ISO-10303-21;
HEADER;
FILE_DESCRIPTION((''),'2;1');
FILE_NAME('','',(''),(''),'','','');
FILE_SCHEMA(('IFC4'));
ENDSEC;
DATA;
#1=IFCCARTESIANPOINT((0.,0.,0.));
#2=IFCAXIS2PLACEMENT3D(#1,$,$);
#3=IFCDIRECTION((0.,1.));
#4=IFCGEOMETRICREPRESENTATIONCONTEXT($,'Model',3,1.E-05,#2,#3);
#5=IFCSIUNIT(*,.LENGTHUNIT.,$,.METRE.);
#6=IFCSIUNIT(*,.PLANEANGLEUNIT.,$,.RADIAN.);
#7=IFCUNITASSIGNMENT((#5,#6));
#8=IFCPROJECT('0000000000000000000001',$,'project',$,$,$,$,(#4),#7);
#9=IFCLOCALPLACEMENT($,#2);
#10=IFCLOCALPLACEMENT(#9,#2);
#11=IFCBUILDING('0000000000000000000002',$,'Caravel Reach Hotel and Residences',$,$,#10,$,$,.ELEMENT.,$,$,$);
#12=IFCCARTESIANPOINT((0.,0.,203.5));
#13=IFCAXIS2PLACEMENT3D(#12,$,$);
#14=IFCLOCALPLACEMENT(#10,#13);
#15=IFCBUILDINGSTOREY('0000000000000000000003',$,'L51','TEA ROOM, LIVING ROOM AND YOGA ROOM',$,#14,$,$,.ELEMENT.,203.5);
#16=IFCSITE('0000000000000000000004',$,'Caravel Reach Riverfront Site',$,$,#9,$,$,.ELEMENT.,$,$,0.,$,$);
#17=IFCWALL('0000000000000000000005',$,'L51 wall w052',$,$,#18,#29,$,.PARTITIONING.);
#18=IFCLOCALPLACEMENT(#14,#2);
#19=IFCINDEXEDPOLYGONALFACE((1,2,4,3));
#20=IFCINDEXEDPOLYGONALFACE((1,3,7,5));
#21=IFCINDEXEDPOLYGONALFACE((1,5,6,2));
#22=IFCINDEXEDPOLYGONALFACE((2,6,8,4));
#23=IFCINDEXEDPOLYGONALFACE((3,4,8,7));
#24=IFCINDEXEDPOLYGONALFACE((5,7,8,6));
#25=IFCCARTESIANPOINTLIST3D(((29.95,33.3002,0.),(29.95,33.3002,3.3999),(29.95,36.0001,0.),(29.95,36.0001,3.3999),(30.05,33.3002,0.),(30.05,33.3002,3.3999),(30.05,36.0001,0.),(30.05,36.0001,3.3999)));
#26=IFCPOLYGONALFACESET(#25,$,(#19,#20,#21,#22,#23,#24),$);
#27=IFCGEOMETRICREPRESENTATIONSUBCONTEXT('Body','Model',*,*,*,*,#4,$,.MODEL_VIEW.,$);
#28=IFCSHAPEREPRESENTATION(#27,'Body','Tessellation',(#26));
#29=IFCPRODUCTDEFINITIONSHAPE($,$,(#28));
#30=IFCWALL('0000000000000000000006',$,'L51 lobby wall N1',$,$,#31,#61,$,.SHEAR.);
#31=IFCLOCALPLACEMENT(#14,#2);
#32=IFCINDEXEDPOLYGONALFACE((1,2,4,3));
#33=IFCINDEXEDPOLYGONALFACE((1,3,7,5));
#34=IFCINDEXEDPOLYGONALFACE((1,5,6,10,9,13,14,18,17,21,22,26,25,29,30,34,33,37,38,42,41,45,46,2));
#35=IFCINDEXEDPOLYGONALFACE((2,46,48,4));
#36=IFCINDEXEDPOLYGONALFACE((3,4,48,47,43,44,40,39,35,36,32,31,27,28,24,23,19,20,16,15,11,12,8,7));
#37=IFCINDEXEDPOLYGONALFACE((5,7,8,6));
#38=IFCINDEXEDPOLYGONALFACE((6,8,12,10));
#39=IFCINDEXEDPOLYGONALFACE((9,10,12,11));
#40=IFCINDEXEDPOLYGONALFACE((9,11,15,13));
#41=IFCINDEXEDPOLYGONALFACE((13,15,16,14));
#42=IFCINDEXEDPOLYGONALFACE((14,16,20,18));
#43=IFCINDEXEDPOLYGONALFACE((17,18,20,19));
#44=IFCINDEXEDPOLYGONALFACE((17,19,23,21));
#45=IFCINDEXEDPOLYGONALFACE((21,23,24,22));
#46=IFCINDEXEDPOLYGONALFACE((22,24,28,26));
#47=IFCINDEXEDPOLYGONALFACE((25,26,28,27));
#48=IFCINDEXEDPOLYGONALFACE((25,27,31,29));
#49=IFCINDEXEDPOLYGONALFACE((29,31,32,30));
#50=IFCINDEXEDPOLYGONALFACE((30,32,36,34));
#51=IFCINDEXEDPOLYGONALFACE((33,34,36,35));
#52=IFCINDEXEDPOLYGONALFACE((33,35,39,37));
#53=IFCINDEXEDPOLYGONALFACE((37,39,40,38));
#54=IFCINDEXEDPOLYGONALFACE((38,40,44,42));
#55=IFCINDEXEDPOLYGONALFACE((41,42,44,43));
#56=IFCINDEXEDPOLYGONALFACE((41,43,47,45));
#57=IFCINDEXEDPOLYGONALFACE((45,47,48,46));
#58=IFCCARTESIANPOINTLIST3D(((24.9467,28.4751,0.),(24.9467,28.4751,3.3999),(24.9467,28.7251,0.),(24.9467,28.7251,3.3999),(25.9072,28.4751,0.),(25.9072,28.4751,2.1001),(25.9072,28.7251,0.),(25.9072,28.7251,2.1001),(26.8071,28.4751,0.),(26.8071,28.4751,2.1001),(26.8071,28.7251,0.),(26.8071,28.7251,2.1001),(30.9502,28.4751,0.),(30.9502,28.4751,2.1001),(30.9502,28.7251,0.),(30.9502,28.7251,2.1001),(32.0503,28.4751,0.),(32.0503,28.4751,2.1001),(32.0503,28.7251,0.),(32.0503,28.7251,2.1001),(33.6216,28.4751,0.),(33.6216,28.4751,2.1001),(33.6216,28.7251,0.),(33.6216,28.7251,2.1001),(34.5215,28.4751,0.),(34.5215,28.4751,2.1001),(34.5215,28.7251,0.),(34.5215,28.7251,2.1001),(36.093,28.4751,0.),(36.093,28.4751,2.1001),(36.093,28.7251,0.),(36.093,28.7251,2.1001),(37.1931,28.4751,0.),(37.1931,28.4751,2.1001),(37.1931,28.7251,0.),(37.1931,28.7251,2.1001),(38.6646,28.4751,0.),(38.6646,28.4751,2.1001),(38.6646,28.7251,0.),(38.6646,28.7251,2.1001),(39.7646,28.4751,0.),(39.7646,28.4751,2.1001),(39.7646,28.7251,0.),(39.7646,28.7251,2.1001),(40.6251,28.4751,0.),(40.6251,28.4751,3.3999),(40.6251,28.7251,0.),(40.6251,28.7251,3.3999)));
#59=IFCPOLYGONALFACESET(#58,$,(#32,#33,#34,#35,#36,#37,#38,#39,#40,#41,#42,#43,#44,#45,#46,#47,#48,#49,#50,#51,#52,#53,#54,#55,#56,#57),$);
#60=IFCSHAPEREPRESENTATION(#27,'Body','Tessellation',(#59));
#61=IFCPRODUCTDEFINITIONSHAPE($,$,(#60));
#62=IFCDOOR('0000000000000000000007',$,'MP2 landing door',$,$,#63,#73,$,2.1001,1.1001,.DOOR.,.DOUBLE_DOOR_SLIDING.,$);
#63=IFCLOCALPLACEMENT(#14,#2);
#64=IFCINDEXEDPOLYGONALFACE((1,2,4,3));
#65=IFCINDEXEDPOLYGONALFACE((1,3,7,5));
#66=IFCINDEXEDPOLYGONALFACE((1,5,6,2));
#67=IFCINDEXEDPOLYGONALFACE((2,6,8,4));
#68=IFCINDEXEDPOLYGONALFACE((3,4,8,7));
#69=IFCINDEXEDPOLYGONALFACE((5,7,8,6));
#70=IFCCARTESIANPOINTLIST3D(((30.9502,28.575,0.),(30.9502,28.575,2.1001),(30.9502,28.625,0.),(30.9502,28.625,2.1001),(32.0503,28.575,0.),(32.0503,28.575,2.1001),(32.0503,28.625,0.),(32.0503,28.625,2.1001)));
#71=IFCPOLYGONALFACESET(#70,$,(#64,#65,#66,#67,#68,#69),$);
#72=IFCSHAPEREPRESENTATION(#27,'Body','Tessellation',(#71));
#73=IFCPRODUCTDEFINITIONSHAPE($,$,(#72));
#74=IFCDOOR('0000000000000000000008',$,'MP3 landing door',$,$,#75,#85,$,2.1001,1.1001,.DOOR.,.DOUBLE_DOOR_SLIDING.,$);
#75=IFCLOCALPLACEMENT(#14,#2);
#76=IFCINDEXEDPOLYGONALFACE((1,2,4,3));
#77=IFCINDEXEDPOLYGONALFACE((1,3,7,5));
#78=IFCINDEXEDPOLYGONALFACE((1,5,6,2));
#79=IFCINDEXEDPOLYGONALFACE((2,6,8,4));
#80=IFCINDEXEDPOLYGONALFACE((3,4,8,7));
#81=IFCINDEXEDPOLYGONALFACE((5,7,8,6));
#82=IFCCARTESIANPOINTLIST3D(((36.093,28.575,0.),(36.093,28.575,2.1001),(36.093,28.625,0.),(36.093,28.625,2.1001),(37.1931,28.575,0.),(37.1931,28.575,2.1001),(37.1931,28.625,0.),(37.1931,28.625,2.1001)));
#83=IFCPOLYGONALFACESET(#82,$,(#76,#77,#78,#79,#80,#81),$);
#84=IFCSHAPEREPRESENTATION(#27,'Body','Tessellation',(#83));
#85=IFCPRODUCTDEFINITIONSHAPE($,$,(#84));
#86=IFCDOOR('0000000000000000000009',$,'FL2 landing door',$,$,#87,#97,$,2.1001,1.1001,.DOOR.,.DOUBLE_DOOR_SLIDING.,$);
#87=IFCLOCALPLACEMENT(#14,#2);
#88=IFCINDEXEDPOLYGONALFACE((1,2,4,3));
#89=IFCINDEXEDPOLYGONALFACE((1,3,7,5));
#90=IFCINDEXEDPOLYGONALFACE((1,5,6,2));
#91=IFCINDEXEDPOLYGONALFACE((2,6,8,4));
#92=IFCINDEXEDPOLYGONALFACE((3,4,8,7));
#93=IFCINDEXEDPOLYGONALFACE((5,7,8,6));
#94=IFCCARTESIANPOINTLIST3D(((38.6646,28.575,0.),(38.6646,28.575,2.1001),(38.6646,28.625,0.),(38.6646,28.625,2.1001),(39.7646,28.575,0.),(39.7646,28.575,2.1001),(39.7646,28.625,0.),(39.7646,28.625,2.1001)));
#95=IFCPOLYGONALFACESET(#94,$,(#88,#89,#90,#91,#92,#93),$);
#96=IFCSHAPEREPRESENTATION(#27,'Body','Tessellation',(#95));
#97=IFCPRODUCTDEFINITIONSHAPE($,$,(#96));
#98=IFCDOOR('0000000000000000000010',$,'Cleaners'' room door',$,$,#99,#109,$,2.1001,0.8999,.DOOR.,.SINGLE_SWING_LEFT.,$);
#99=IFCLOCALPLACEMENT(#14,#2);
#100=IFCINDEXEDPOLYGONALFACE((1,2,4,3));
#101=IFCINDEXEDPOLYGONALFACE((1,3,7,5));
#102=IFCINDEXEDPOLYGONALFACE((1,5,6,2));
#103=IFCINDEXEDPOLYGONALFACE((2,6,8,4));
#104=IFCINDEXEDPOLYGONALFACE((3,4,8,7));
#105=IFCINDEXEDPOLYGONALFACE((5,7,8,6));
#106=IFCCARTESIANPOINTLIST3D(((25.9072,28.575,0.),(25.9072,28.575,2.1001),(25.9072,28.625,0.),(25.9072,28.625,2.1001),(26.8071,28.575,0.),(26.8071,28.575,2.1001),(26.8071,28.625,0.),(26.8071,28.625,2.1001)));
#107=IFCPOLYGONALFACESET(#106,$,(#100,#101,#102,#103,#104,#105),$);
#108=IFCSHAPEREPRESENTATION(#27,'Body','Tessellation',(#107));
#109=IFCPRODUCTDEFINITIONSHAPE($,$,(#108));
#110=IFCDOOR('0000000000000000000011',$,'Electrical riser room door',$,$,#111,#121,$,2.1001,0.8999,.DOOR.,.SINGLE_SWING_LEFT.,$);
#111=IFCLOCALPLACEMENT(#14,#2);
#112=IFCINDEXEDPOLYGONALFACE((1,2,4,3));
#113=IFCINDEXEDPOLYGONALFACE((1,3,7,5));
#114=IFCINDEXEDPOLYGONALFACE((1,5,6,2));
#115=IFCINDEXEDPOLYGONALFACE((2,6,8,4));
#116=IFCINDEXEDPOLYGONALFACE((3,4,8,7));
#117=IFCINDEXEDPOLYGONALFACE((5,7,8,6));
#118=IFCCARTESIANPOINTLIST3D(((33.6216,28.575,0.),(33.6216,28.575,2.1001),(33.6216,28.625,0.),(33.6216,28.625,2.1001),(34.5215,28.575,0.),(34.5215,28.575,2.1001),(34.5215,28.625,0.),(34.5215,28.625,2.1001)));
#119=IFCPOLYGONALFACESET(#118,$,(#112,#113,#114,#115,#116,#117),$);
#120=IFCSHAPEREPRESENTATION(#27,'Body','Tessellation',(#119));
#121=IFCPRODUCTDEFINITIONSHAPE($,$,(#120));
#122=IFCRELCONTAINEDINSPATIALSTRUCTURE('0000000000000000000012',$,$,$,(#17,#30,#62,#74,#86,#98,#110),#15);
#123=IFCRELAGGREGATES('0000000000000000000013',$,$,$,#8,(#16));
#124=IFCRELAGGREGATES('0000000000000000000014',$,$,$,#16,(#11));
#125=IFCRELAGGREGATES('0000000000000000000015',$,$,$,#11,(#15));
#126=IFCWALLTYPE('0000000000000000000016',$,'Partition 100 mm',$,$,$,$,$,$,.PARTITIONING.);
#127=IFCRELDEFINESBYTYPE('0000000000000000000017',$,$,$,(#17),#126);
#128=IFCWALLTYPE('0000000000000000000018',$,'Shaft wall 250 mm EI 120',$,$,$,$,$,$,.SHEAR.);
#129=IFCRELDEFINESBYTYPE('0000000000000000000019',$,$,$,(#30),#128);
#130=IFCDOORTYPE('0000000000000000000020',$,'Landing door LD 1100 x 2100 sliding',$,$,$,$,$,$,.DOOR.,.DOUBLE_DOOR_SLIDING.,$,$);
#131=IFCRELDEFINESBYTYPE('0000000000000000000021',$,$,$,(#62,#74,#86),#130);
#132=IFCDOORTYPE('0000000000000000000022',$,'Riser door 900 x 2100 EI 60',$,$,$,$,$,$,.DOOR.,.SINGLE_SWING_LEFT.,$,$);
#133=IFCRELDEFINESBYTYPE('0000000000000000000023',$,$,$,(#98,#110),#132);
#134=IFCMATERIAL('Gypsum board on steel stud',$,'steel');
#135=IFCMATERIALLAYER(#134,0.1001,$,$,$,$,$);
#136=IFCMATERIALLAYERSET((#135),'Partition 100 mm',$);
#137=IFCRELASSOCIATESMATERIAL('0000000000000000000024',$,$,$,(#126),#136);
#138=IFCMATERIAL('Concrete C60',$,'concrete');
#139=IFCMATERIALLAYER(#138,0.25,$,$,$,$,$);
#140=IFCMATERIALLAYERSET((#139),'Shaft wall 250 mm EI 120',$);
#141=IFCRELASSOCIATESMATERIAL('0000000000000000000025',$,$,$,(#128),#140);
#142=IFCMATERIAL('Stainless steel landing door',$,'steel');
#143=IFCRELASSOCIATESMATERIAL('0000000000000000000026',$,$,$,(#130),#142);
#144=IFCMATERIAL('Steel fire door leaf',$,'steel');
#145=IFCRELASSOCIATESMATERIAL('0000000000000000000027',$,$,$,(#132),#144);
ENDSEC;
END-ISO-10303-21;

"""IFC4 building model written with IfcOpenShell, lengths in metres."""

from ifc_helpers import new_model, si_unit, direction, frame, frame_2d, origin, place, context, subcontext, project, spatial, rectangle, extrude, material, layer, layer_set, type_object, element, fill, save


model = new_model("IFC4")

# Units and contexts
model_context = context("Model", 3, precision=1e-05, world=origin(), true_north=direction((0.0, 1.0)))
body_context = subcontext(model_context, "Body", "Model", "MODEL_VIEW")
ifc_project = project(units=[si_unit("LENGTHUNIT", "METRE"), si_unit("PLANEANGLEUNIT", "RADIAN")], contexts=[model_context])

# Site, building, storey
site_placement = place(None, origin())
site = spatial("IfcSite", under=ifc_project, at=site_placement, Name="Caravel Reach Riverfront Site", CompositionType="ELEMENT", RefElevation=0.0)
building_placement = place(site_placement, origin())
building = spatial("IfcBuilding", under=site, at=building_placement, Name="Caravel Reach Hotel and Residences", CompositionType="ELEMENT")
storey_placement = place(building_placement, frame((0.0, 0.0, 203.5)))
storey = spatial("IfcBuildingStorey", under=building, at=storey_placement, Name="L51", Description="TEA ROOM, LIVING ROOM AND YOGA ROOM", CompositionType="ELEMENT", Elevation=203.5)

# Wall
ifc_material_1 = material(Name="Gypsum board on steel stud", Category="steel")
ifc_layer_1 = layer(ifc_material_1, 0.1001)
ifc_layer_set_1 = layer_set([ifc_layer_1], Name="Partition 100 mm")
wall_type_1 = type_object("IfcWallType", Name="Partition 100 mm", PredefinedType="PARTITIONING", material=ifc_layer_set_1)
wall_1_placement = place(storey_placement, frame((30.0, 33.3, 0.0), z_axis=(0.0, 0.0, 1.0), x_axis=(0.0, 1.0, 0.0)))
element("IfcWall", 1, at=wall_1_placement, inside=storey, type_object=wall_type_1, Name="L51 wall w052", PredefinedType="PARTITIONING", context=body_context, shape_type="SweptSolid", body=[
    extrude(rectangle(XDim=2.7, YDim=0.1001, at=frame_2d((1.3501, 0.0))), origin(), (0.0, 0.0, 1.0), 3.3999),
])

# Wall, openings, doors
ifc_material_2 = material(Name="Concrete C60", Category="concrete")
ifc_layer_2 = layer(ifc_material_2, 0.25)
ifc_layer_set_2 = layer_set([ifc_layer_2], Name="Shaft wall 250 mm EI 120")
wall_type_2 = type_object("IfcWallType", Name="Shaft wall 250 mm EI 120", PredefinedType="SHEAR", material=ifc_layer_set_2)
wall_2_placement = place(storey_placement, frame((24.9465, 28.6001, 0.0), z_axis=(0.0, 0.0, 1.0), x_axis=(1.0, 0.0, 0.0)))
wall_2 = element("IfcWall", 2, at=wall_2_placement, inside=storey, type_object=wall_type_2, Name="L51 lobby wall N1", PredefinedType="SHEAR", context=body_context, shape_type="SweptSolid", body=[
    extrude(rectangle(XDim=15.6785, YDim=0.25, at=frame_2d((7.8394, 0.0))), origin(), (0.0, 0.0, 1.0), 3.3999),
])
opening_1_placement = place(wall_2_placement, frame((6.0037, 0.0, 0.0)))
opening_1 = element("IfcOpeningElement", 3, at=opening_1_placement, cuts=wall_2, PredefinedType="OPENING", context=body_context, shape_type="SweptSolid", body=[
    extrude(rectangle(XDim=1.1001, YDim=2.1001, at=frame_2d((0.55, 1.05))), frame((0.0, 0.135, 0.0), z_axis=(0.0, -1.0, 0.0), x_axis=(1.0, 0.0, 0.0)), (0.0, 0.0, 1.0), 0.27),
])
opening_2_placement = place(wall_2_placement, frame((11.1465, 0.0, 0.0)))
opening_2 = element("IfcOpeningElement", 4, at=opening_2_placement, cuts=wall_2, PredefinedType="OPENING", context=body_context, shape_type="SweptSolid", body=[
    extrude(rectangle(XDim=1.1001, YDim=2.1001, at=frame_2d((0.55, 1.05))), frame((0.0, 0.135, 0.0), z_axis=(0.0, -1.0, 0.0), x_axis=(1.0, 0.0, 0.0)), (0.0, 0.0, 1.0), 0.27),
])
opening_3_placement = place(wall_2_placement, frame((13.718, 0.0, 0.0)))
opening_3 = element("IfcOpeningElement", 5, at=opening_3_placement, cuts=wall_2, PredefinedType="OPENING", context=body_context, shape_type="SweptSolid", body=[
    extrude(rectangle(XDim=1.1001, YDim=2.1001, at=frame_2d((0.55, 1.05))), frame((0.0, 0.135, 0.0), z_axis=(0.0, -1.0, 0.0), x_axis=(1.0, 0.0, 0.0)), (0.0, 0.0, 1.0), 0.27),
])
opening_4_placement = place(wall_2_placement, frame((0.9607, 0.0, 0.0)))
opening_4 = element("IfcOpeningElement", 6, at=opening_4_placement, cuts=wall_2, PredefinedType="OPENING", context=body_context, shape_type="SweptSolid", body=[
    extrude(rectangle(XDim=0.8999, YDim=2.1001, at=frame_2d((0.45, 1.05))), frame((0.0, 0.135, 0.0), z_axis=(0.0, -1.0, 0.0), x_axis=(1.0, 0.0, 0.0)), (0.0, 0.0, 1.0), 0.27),
])
opening_5_placement = place(wall_2_placement, frame((8.675, 0.0, 0.0)))
opening_5 = element("IfcOpeningElement", 7, at=opening_5_placement, cuts=wall_2, PredefinedType="OPENING", context=body_context, shape_type="SweptSolid", body=[
    extrude(rectangle(XDim=0.8999, YDim=2.1001, at=frame_2d((0.45, 1.05))), frame((0.0, 0.135, 0.0), z_axis=(0.0, -1.0, 0.0), x_axis=(1.0, 0.0, 0.0)), (0.0, 0.0, 1.0), 0.27),
])
ifc_material_3 = material(Name="Stainless steel landing door", Category="steel")
door_type_1 = type_object("IfcDoorType", Name="Landing door LD 1100 x 2100 sliding", OperationType="DOUBLE_DOOR_SLIDING", PredefinedType="DOOR", material=ifc_material_3)
door_1_placement = place(opening_1_placement, origin())
door_1 = element("IfcDoor", 8, at=door_1_placement, inside=storey, type_object=door_type_1, Name="MP2 landing door", OperationType="DOUBLE_DOOR_SLIDING", OverallHeight=2.1001, OverallWidth=1.1001, PredefinedType="DOOR", context=body_context, shape_type="SweptSolid", body=[
    extrude(rectangle(XDim=1.1001, YDim=2.1001, at=frame_2d((0.55, 1.05))), frame((0.0, 0.0249, 0.0), z_axis=(0.0, -1.0, 0.0), x_axis=(1.0, 0.0, 0.0)), (0.0, 0.0, 1.0), 0.05),
])
fill(opening_1, door_1)
door_2_placement = place(opening_2_placement, origin())
door_2 = element("IfcDoor", 9, at=door_2_placement, inside=storey, type_object=door_type_1, Name="MP3 landing door", OperationType="DOUBLE_DOOR_SLIDING", OverallHeight=2.1001, OverallWidth=1.1001, PredefinedType="DOOR", context=body_context, shape_type="SweptSolid", body=[
    extrude(rectangle(XDim=1.1001, YDim=2.1001, at=frame_2d((0.55, 1.05))), frame((0.0, 0.0249, 0.0), z_axis=(0.0, -1.0, 0.0), x_axis=(1.0, 0.0, 0.0)), (0.0, 0.0, 1.0), 0.05),
])
fill(opening_2, door_2)
door_3_placement = place(opening_3_placement, origin())
door_3 = element("IfcDoor", 10, at=door_3_placement, inside=storey, type_object=door_type_1, Name="FL2 landing door", OperationType="DOUBLE_DOOR_SLIDING", OverallHeight=2.1001, OverallWidth=1.1001, PredefinedType="DOOR", context=body_context, shape_type="SweptSolid", body=[
    extrude(rectangle(XDim=1.1001, YDim=2.1001, at=frame_2d((0.55, 1.05))), frame((0.0, 0.0249, 0.0), z_axis=(0.0, -1.0, 0.0), x_axis=(1.0, 0.0, 0.0)), (0.0, 0.0, 1.0), 0.05),
])
fill(opening_3, door_3)
ifc_material_4 = material(Name="Steel fire door leaf", Category="steel")
door_type_2 = type_object("IfcDoorType", Name="Riser door 900 x 2100 EI 60", OperationType="SINGLE_SWING_LEFT", PredefinedType="DOOR", material=ifc_material_4)
door_4_placement = place(opening_4_placement, origin())
door_4 = element("IfcDoor", 11, at=door_4_placement, inside=storey, type_object=door_type_2, Name="Cleaners' room door", OperationType="SINGLE_SWING_LEFT", OverallHeight=2.1001, OverallWidth=0.8999, PredefinedType="DOOR", context=body_context, shape_type="SweptSolid", body=[
    extrude(rectangle(XDim=0.8999, YDim=2.1001, at=frame_2d((0.45, 1.05))), frame((0.0, 0.0249, 0.0), z_axis=(0.0, -1.0, 0.0), x_axis=(1.0, 0.0, 0.0)), (0.0, 0.0, 1.0), 0.05),
])
fill(opening_4, door_4)
door_5_placement = place(opening_5_placement, origin())
door_5 = element("IfcDoor", 12, at=door_5_placement, inside=storey, type_object=door_type_2, Name="Electrical riser room door", OperationType="SINGLE_SWING_LEFT", OverallHeight=2.1001, OverallWidth=0.8999, PredefinedType="DOOR", context=body_context, shape_type="SweptSolid", body=[
    extrude(rectangle(XDim=0.8999, YDim=2.1001, at=frame_2d((0.45, 1.05))), frame((0.0, 0.0249, 0.0), z_axis=(0.0, -1.0, 0.0), x_axis=(1.0, 0.0, 0.0)), (0.0, 0.0, 1.0), 0.05),
])
fill(opening_5, door_5)

save(model, "model.ifc")
